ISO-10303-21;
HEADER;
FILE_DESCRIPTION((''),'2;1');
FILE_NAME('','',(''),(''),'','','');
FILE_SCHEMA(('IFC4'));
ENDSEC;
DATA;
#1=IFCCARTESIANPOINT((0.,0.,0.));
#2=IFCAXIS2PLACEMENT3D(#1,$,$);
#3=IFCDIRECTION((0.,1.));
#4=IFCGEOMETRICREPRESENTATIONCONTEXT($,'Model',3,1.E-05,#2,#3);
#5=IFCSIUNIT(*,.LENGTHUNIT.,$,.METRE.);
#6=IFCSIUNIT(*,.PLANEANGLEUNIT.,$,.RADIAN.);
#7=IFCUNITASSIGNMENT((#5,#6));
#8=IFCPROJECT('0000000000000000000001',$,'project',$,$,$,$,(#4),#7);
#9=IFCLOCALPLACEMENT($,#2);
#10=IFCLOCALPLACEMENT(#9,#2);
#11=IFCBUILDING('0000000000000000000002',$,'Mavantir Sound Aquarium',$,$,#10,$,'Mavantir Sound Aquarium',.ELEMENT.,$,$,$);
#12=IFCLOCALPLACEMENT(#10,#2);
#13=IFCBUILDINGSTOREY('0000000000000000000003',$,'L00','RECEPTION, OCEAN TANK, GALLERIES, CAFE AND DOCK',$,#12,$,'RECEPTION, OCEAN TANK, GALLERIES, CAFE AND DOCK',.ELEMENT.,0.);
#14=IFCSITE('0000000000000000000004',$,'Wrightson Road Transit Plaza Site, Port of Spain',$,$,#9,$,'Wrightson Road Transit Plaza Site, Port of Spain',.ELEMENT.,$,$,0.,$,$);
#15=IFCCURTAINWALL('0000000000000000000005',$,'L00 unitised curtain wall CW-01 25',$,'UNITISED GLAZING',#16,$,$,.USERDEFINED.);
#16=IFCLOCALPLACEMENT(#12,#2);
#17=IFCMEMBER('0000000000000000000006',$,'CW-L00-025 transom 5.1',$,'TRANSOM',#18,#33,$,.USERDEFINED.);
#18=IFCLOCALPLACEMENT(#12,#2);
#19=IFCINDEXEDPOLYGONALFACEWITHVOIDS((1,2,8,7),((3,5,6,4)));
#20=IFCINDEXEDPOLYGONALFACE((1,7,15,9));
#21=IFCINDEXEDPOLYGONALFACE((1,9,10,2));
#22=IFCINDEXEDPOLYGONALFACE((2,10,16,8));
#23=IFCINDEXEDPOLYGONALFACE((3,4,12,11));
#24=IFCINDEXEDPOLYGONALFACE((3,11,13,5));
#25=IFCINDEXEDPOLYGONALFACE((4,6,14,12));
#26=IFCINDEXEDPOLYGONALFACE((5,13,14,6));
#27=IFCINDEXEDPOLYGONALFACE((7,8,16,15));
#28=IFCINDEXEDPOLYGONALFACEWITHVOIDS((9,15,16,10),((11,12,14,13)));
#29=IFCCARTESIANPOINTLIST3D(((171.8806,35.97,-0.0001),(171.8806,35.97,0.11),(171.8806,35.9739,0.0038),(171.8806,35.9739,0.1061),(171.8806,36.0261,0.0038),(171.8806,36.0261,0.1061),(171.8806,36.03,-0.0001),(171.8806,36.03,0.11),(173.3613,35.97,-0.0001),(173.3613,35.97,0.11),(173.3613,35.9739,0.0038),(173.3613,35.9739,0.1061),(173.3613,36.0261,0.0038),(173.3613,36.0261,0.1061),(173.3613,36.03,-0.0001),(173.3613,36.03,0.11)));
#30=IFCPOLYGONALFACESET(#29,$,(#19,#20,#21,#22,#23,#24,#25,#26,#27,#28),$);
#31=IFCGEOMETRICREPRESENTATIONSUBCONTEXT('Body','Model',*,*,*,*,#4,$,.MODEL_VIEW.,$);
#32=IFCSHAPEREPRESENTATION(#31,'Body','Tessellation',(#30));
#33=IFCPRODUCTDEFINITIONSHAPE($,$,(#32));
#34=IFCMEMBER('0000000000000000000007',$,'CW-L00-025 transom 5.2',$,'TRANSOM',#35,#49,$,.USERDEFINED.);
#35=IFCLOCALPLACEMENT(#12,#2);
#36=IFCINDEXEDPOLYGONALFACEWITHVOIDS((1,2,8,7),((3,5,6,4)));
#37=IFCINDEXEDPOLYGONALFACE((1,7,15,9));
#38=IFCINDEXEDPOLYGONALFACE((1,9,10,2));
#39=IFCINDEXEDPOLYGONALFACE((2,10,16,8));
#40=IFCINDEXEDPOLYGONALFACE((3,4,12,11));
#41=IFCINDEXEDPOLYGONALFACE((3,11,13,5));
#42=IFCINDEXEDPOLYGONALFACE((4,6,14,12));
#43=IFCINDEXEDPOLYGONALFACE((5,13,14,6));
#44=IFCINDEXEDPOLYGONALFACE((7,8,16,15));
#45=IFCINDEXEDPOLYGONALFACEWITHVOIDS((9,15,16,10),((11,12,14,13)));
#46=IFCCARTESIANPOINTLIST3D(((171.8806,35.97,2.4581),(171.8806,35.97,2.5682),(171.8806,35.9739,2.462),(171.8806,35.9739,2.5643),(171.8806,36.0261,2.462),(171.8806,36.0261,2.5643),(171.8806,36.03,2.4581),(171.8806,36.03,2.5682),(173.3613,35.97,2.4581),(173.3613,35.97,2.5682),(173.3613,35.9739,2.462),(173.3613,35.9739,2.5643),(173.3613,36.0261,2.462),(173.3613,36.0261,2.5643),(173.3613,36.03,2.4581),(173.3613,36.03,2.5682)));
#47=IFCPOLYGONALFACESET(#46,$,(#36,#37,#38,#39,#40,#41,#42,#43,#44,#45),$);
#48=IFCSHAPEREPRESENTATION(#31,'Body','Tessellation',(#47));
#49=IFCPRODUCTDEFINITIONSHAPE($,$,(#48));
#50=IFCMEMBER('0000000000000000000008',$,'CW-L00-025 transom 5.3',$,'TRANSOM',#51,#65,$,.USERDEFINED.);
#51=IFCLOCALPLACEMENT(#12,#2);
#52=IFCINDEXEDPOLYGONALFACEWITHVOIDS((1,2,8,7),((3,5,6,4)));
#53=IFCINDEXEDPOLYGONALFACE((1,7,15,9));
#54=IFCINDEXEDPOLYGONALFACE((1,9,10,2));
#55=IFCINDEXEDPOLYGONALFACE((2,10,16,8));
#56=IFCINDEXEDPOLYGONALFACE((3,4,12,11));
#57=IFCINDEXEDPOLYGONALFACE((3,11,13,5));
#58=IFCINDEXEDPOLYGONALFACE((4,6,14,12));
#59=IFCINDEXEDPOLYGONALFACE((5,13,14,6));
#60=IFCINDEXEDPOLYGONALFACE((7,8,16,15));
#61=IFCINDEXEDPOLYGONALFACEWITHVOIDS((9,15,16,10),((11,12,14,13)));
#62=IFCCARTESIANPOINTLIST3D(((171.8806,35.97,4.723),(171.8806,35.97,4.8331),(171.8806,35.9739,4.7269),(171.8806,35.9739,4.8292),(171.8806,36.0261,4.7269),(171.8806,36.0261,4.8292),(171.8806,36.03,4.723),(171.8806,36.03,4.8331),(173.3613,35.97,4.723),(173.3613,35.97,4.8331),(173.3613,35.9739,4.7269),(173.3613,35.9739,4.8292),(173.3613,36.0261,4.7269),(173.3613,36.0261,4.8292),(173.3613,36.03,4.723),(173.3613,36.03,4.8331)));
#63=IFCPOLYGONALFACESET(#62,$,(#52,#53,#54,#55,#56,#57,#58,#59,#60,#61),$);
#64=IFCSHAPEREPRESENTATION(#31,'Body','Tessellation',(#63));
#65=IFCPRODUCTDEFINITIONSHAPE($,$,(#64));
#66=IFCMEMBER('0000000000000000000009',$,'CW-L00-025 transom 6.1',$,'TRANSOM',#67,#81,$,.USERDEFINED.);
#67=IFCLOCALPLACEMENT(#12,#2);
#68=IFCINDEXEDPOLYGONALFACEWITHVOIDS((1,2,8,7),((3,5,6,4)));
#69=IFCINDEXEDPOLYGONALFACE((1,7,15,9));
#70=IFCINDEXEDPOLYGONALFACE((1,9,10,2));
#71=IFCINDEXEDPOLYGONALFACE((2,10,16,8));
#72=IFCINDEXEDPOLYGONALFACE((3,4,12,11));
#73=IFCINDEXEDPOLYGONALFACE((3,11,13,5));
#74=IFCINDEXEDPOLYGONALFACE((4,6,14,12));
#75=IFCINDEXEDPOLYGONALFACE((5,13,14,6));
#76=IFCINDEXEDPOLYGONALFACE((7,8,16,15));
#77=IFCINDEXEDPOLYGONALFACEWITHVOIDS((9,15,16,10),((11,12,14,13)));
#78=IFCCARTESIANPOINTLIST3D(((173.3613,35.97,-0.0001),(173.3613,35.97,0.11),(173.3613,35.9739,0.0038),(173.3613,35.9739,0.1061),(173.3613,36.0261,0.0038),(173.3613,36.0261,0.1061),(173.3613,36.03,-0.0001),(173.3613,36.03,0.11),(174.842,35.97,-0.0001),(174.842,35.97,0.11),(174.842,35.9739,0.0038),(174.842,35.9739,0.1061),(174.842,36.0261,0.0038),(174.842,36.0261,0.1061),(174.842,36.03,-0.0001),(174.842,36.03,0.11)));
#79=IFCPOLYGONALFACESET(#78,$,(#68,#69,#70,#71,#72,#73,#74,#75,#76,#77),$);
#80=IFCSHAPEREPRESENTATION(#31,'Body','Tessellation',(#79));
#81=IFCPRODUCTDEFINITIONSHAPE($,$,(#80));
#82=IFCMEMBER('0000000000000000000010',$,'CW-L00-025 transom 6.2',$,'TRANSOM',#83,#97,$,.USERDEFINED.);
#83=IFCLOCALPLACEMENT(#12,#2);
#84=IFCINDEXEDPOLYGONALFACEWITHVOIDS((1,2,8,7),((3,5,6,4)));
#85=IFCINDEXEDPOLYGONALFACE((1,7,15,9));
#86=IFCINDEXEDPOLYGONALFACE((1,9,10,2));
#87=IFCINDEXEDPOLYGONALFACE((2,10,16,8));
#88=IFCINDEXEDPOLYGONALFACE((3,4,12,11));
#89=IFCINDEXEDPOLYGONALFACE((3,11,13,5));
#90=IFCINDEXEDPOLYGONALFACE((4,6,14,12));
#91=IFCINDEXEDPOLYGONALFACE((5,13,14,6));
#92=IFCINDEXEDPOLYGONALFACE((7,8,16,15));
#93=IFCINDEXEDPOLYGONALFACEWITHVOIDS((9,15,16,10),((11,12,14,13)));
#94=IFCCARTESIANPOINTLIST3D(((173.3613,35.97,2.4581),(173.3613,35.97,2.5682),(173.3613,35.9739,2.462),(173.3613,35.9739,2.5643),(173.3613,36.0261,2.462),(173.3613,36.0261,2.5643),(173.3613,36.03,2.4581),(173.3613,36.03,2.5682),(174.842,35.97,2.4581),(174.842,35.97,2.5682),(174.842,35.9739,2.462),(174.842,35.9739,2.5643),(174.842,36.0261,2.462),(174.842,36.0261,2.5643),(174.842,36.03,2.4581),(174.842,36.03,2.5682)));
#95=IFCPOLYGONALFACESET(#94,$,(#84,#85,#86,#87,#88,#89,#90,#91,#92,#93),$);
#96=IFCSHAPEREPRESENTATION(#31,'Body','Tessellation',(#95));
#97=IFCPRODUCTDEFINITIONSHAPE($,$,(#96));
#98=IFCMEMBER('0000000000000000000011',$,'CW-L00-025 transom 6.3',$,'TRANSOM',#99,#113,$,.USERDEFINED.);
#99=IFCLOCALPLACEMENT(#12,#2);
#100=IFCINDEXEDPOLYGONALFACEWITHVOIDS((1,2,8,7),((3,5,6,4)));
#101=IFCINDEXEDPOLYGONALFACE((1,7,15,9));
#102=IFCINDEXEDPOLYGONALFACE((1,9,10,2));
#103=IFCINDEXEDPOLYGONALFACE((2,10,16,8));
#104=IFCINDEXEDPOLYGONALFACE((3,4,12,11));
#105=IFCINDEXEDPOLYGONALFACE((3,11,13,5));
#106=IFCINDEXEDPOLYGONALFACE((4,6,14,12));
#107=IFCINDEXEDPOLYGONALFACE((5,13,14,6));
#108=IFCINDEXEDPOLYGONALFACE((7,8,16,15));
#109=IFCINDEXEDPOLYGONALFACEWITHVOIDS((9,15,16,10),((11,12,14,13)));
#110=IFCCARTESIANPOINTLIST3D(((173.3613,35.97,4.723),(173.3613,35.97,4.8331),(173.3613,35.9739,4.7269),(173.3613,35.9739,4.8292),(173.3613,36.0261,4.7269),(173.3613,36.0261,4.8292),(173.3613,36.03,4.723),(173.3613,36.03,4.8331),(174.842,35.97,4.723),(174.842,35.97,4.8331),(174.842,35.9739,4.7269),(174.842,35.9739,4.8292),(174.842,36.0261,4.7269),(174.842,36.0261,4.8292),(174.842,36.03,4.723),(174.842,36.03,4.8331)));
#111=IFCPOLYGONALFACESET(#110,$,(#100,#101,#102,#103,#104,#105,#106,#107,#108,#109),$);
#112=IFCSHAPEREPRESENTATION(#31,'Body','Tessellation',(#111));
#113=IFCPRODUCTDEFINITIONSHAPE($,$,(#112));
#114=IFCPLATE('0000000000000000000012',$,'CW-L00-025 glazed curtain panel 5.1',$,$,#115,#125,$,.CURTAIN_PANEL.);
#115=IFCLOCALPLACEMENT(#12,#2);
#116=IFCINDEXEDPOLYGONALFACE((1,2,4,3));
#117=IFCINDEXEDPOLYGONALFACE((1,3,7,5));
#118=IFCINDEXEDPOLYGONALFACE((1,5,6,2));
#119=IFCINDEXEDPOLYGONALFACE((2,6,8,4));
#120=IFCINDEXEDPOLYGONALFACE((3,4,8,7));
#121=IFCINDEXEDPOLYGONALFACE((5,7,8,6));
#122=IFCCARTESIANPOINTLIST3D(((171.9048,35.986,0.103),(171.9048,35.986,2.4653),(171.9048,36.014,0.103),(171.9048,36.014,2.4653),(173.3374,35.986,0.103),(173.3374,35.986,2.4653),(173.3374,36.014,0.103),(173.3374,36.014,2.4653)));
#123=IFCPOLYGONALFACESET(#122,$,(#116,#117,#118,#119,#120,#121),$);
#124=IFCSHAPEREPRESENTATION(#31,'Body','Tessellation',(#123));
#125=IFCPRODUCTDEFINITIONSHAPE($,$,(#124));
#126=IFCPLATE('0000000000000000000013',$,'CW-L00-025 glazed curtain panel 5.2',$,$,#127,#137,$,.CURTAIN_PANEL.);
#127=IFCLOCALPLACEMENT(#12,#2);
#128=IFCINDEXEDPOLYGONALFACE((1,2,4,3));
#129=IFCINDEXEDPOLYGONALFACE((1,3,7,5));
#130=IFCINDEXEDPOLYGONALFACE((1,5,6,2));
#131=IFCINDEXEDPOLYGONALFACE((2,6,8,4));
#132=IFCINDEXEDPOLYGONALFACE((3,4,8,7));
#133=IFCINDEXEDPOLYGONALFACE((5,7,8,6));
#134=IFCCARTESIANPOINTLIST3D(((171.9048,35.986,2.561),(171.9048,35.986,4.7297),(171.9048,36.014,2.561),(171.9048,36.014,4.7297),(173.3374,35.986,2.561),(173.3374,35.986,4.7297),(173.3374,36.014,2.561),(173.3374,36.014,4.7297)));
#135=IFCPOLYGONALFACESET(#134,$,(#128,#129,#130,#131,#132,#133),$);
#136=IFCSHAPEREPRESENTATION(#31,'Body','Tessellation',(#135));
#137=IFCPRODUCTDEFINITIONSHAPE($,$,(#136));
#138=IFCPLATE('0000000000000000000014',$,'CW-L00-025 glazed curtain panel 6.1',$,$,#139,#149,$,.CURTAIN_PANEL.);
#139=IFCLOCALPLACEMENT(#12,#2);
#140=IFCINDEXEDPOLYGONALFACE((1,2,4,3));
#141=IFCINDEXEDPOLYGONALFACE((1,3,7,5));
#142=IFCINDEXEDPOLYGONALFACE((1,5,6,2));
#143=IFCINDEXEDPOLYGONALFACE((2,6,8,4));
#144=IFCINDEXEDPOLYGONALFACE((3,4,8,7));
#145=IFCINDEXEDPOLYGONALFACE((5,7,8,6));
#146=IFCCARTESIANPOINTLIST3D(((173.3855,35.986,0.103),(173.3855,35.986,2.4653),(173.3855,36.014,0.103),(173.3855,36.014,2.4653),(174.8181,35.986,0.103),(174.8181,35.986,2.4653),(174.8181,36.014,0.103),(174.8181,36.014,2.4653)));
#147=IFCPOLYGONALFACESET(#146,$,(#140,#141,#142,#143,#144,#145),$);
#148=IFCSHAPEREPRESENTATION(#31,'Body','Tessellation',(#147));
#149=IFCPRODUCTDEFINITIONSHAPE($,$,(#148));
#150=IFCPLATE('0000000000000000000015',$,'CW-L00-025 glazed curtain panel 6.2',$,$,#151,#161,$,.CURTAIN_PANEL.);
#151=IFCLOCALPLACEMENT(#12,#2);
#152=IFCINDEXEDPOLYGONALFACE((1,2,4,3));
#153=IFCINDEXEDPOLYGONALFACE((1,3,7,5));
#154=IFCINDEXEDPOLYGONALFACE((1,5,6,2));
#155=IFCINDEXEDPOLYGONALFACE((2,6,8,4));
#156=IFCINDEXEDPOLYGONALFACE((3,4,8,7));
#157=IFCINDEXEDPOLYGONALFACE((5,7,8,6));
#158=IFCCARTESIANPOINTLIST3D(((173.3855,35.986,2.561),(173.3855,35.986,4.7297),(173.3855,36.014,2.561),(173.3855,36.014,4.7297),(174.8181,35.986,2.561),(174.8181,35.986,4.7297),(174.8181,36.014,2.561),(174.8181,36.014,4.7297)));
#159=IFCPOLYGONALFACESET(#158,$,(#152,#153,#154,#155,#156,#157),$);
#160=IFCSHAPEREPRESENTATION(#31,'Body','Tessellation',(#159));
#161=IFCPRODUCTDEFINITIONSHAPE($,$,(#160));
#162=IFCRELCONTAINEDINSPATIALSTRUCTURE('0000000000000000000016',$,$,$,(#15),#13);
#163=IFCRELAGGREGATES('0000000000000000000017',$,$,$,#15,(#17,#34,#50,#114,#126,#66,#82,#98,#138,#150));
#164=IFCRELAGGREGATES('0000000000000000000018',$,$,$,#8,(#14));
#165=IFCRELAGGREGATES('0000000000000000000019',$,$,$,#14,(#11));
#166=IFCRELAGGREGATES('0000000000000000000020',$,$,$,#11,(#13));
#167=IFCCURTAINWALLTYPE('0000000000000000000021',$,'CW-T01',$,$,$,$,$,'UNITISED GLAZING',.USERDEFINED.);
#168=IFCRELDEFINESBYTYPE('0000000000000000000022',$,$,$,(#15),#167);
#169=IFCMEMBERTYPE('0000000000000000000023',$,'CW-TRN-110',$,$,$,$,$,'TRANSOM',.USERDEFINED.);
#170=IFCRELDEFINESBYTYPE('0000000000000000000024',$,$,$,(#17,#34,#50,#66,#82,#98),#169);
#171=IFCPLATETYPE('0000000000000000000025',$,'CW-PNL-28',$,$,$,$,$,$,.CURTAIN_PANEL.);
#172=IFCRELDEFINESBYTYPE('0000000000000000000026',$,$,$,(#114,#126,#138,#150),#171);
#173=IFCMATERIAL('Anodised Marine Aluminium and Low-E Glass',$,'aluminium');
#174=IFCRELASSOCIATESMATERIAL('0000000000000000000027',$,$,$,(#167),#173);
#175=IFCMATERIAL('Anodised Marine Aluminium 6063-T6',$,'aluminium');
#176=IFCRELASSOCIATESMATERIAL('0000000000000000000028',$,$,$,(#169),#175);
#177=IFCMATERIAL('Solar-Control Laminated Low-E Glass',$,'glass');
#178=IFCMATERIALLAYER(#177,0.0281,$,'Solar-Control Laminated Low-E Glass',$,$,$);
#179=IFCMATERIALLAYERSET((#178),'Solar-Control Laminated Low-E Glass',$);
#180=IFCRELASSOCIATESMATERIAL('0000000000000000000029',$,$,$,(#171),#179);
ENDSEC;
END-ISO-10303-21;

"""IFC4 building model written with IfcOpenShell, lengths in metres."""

from ifc_helpers import new_model, si_unit, direction, frame, origin, origin_2d, place, context, subcontext, project, spatial, rectangle, hollow_rectangle, extrude, material, layer, layer_set, material_profile, profile_set, type_object, element, aggregate, save


model = new_model("IFC4")

# Units and contexts
model_context = context("Model", 3, precision=1e-05, world=origin(), true_north=direction((0.0, 1.0)))
body_context = subcontext(model_context, "Body", "Model", "MODEL_VIEW")
ifc_project = project(units=[si_unit("LENGTHUNIT", "METRE"), si_unit("PLANEANGLEUNIT", "RADIAN")], contexts=[model_context])

# Site, building, storey
site_placement = place(None, origin())
site = spatial("IfcSite", under=ifc_project, at=site_placement, Name="Wrightson Road Transit Plaza Site, Port of Spain", LongName="Wrightson Road Transit Plaza Site, Port of Spain", CompositionType="ELEMENT", RefElevation=0.0)
building_placement = place(site_placement, origin())
building = spatial("IfcBuilding", under=site, at=building_placement, Name="Mavantir Sound Aquarium", LongName="Mavantir Sound Aquarium", CompositionType="ELEMENT")
storey_placement = place(building_placement, origin())
storey = spatial("IfcBuildingStorey", under=building, at=storey_placement, Name="L00", Description="RECEPTION, OCEAN TANK, GALLERIES, CAFE AND DOCK", LongName="RECEPTION, OCEAN TANK, GALLERIES, CAFE AND DOCK", CompositionType="ELEMENT", Elevation=0.0)

# Curtain wall, members, plates
ifc_material_1 = material(Name="Anodised Marine Aluminium and Low-E Glass", Category="aluminium")
curtain_wall_type = type_object("IfcCurtainWallType", Name="CW-T01", ElementType="UNITISED GLAZING", PredefinedType="USERDEFINED", material=ifc_material_1)
curtain_wall_placement = place(storey_placement, origin())
curtain_wall = element("IfcCurtainWall", 1, at=curtain_wall_placement, inside=storey, type_object=curtain_wall_type, Name="L00 unitised curtain wall CW-01 25", ObjectType="UNITISED GLAZING", PredefinedType="USERDEFINED")
ifc_material_2 = material(Name="Anodised Marine Aluminium 6063-T6", Category="aluminium")
ifc_material_profile_1 = material_profile(ifc_material_2, hollow_rectangle(XDim=0.0601, YDim=0.1101, WallThickness=0.0039, at=origin_2d()), Name="ALU-TRANSOM-110X60")
ifc_profile_set_1 = profile_set([ifc_material_profile_1], Name="Anodised Marine Aluminium 6063-T6")
member_type_1 = type_object("IfcMemberType", Name="CW-TRN-110", ElementType="TRANSOM", PredefinedType="USERDEFINED", material=ifc_profile_set_1)
member_1_placement = place(storey_placement, frame((171.8806, 36.0, 0.0549), z_axis=(1.0, 0.0, 0.0), x_axis=(0.0, 1.0, 0.0)))
member_1 = element("IfcMember", 2, at=member_1_placement, type_object=member_type_1, Name="CW-L00-025 transom 5.1", ObjectType="TRANSOM", PredefinedType="USERDEFINED", context=body_context, shape_type="SweptSolid", body=[
    extrude(hollow_rectangle(XDim=0.0601, YDim=0.1101, WallThickness=0.0039, at=origin_2d()), origin(), (0.0, 0.0, 1.0), 1.4807),
])
member_2_placement = place(storey_placement, frame((171.8806, 36.0, 2.5132), z_axis=(1.0, 0.0, 0.0), x_axis=(0.0, 1.0, 0.0)))
member_2 = element("IfcMember", 3, at=member_2_placement, type_object=member_type_1, Name="CW-L00-025 transom 5.2", ObjectType="TRANSOM", PredefinedType="USERDEFINED", context=body_context, shape_type="SweptSolid", body=[
    extrude(hollow_rectangle(XDim=0.0601, YDim=0.1101, WallThickness=0.0039, at=origin_2d()), origin(), (0.0, 0.0, 1.0), 1.4807),
])
member_3_placement = place(storey_placement, frame((171.8806, 36.0, 4.7781), z_axis=(1.0, 0.0, 0.0), x_axis=(0.0, 1.0, 0.0)))
member_3 = element("IfcMember", 4, at=member_3_placement, type_object=member_type_1, Name="CW-L00-025 transom 5.3", ObjectType="TRANSOM", PredefinedType="USERDEFINED", context=body_context, shape_type="SweptSolid", body=[
    extrude(hollow_rectangle(XDim=0.0601, YDim=0.1101, WallThickness=0.0039, at=origin_2d()), origin(), (0.0, 0.0, 1.0), 1.4807),
])
member_4_placement = place(storey_placement, frame((173.3613, 36.0, 0.0549), z_axis=(1.0, 0.0, 0.0), x_axis=(0.0, 1.0, 0.0)))
member_4 = element("IfcMember", 5, at=member_4_placement, type_object=member_type_1, Name="CW-L00-025 transom 6.1", ObjectType="TRANSOM", PredefinedType="USERDEFINED", context=body_context, shape_type="SweptSolid", body=[
    extrude(hollow_rectangle(XDim=0.0601, YDim=0.1101, WallThickness=0.0039, at=origin_2d()), origin(), (0.0, 0.0, 1.0), 1.4807),
])
member_5_placement = place(storey_placement, frame((173.3613, 36.0, 2.5132), z_axis=(1.0, 0.0, 0.0), x_axis=(0.0, 1.0, 0.0)))
member_5 = element("IfcMember", 6, at=member_5_placement, type_object=member_type_1, Name="CW-L00-025 transom 6.2", ObjectType="TRANSOM", PredefinedType="USERDEFINED", context=body_context, shape_type="SweptSolid", body=[
    extrude(hollow_rectangle(XDim=0.0601, YDim=0.1101, WallThickness=0.0039, at=origin_2d()), origin(), (0.0, 0.0, 1.0), 1.4807),
])
member_6_placement = place(storey_placement, frame((173.3613, 36.0, 4.7781), z_axis=(1.0, 0.0, 0.0), x_axis=(0.0, 1.0, 0.0)))
member_6 = element("IfcMember", 7, at=member_6_placement, type_object=member_type_1, Name="CW-L00-025 transom 6.3", ObjectType="TRANSOM", PredefinedType="USERDEFINED", context=body_context, shape_type="SweptSolid", body=[
    extrude(hollow_rectangle(XDim=0.0601, YDim=0.1101, WallThickness=0.0039, at=origin_2d()), origin(), (0.0, 0.0, 1.0), 1.4807),
])
ifc_material_3 = material(Name="Solar-Control Laminated Low-E Glass", Category="glass")
ifc_layer_1 = layer(ifc_material_3, 0.0281, Name="Solar-Control Laminated Low-E Glass")
ifc_layer_set_1 = layer_set([ifc_layer_1], Name="Solar-Control Laminated Low-E Glass")
plate_type = type_object("IfcPlateType", Name="CW-PNL-28", PredefinedType="CURTAIN_PANEL", material=ifc_layer_set_1)
plate_1_placement = place(storey_placement, frame((172.6211, 36.0, 0.103), z_axis=(0.0, 0.0, 1.0), x_axis=(1.0, 0.0, 0.0)))
plate_1 = element("IfcPlate", 8, at=plate_1_placement, type_object=plate_type, Name="CW-L00-025 glazed curtain panel 5.1", PredefinedType="CURTAIN_PANEL", context=body_context, shape_type="SweptSolid", body=[
    extrude(rectangle(XDim=1.4326, YDim=0.0281, at=origin_2d()), origin(), (0.0, 0.0, 1.0), 2.3623),
])
plate_2_placement = place(storey_placement, frame((172.6211, 36.0, 2.561), z_axis=(0.0, 0.0, 1.0), x_axis=(1.0, 0.0, 0.0)))
plate_2 = element("IfcPlate", 9, at=plate_2_placement, type_object=plate_type, Name="CW-L00-025 glazed curtain panel 5.2", PredefinedType="CURTAIN_PANEL", context=body_context, shape_type="SweptSolid", body=[
    extrude(rectangle(XDim=1.4326, YDim=0.0281, at=origin_2d()), origin(), (0.0, 0.0, 1.0), 2.1687),
])
plate_3_placement = place(storey_placement, frame((174.1018, 36.0, 0.103), z_axis=(0.0, 0.0, 1.0), x_axis=(1.0, 0.0, 0.0)))
plate_3 = element("IfcPlate", 10, at=plate_3_placement, type_object=plate_type, Name="CW-L00-025 glazed curtain panel 6.1", PredefinedType="CURTAIN_PANEL", context=body_context, shape_type="SweptSolid", body=[
    extrude(rectangle(XDim=1.4326, YDim=0.0281, at=origin_2d()), origin(), (0.0, 0.0, 1.0), 2.3623),
])
plate_4_placement = place(storey_placement, frame((174.1018, 36.0, 2.561), z_axis=(0.0, 0.0, 1.0), x_axis=(1.0, 0.0, 0.0)))
plate_4 = element("IfcPlate", 11, at=plate_4_placement, type_object=plate_type, Name="CW-L00-025 glazed curtain panel 6.2", PredefinedType="CURTAIN_PANEL", context=body_context, shape_type="SweptSolid", body=[
    extrude(rectangle(XDim=1.4326, YDim=0.0281, at=origin_2d()), origin(), (0.0, 0.0, 1.0), 2.1687),
])
aggregate(curtain_wall, [member_1, member_2, member_3, plate_1, plate_2, member_4, member_5, member_6, plate_3, plate_4])

save(model, "model.ifc")
